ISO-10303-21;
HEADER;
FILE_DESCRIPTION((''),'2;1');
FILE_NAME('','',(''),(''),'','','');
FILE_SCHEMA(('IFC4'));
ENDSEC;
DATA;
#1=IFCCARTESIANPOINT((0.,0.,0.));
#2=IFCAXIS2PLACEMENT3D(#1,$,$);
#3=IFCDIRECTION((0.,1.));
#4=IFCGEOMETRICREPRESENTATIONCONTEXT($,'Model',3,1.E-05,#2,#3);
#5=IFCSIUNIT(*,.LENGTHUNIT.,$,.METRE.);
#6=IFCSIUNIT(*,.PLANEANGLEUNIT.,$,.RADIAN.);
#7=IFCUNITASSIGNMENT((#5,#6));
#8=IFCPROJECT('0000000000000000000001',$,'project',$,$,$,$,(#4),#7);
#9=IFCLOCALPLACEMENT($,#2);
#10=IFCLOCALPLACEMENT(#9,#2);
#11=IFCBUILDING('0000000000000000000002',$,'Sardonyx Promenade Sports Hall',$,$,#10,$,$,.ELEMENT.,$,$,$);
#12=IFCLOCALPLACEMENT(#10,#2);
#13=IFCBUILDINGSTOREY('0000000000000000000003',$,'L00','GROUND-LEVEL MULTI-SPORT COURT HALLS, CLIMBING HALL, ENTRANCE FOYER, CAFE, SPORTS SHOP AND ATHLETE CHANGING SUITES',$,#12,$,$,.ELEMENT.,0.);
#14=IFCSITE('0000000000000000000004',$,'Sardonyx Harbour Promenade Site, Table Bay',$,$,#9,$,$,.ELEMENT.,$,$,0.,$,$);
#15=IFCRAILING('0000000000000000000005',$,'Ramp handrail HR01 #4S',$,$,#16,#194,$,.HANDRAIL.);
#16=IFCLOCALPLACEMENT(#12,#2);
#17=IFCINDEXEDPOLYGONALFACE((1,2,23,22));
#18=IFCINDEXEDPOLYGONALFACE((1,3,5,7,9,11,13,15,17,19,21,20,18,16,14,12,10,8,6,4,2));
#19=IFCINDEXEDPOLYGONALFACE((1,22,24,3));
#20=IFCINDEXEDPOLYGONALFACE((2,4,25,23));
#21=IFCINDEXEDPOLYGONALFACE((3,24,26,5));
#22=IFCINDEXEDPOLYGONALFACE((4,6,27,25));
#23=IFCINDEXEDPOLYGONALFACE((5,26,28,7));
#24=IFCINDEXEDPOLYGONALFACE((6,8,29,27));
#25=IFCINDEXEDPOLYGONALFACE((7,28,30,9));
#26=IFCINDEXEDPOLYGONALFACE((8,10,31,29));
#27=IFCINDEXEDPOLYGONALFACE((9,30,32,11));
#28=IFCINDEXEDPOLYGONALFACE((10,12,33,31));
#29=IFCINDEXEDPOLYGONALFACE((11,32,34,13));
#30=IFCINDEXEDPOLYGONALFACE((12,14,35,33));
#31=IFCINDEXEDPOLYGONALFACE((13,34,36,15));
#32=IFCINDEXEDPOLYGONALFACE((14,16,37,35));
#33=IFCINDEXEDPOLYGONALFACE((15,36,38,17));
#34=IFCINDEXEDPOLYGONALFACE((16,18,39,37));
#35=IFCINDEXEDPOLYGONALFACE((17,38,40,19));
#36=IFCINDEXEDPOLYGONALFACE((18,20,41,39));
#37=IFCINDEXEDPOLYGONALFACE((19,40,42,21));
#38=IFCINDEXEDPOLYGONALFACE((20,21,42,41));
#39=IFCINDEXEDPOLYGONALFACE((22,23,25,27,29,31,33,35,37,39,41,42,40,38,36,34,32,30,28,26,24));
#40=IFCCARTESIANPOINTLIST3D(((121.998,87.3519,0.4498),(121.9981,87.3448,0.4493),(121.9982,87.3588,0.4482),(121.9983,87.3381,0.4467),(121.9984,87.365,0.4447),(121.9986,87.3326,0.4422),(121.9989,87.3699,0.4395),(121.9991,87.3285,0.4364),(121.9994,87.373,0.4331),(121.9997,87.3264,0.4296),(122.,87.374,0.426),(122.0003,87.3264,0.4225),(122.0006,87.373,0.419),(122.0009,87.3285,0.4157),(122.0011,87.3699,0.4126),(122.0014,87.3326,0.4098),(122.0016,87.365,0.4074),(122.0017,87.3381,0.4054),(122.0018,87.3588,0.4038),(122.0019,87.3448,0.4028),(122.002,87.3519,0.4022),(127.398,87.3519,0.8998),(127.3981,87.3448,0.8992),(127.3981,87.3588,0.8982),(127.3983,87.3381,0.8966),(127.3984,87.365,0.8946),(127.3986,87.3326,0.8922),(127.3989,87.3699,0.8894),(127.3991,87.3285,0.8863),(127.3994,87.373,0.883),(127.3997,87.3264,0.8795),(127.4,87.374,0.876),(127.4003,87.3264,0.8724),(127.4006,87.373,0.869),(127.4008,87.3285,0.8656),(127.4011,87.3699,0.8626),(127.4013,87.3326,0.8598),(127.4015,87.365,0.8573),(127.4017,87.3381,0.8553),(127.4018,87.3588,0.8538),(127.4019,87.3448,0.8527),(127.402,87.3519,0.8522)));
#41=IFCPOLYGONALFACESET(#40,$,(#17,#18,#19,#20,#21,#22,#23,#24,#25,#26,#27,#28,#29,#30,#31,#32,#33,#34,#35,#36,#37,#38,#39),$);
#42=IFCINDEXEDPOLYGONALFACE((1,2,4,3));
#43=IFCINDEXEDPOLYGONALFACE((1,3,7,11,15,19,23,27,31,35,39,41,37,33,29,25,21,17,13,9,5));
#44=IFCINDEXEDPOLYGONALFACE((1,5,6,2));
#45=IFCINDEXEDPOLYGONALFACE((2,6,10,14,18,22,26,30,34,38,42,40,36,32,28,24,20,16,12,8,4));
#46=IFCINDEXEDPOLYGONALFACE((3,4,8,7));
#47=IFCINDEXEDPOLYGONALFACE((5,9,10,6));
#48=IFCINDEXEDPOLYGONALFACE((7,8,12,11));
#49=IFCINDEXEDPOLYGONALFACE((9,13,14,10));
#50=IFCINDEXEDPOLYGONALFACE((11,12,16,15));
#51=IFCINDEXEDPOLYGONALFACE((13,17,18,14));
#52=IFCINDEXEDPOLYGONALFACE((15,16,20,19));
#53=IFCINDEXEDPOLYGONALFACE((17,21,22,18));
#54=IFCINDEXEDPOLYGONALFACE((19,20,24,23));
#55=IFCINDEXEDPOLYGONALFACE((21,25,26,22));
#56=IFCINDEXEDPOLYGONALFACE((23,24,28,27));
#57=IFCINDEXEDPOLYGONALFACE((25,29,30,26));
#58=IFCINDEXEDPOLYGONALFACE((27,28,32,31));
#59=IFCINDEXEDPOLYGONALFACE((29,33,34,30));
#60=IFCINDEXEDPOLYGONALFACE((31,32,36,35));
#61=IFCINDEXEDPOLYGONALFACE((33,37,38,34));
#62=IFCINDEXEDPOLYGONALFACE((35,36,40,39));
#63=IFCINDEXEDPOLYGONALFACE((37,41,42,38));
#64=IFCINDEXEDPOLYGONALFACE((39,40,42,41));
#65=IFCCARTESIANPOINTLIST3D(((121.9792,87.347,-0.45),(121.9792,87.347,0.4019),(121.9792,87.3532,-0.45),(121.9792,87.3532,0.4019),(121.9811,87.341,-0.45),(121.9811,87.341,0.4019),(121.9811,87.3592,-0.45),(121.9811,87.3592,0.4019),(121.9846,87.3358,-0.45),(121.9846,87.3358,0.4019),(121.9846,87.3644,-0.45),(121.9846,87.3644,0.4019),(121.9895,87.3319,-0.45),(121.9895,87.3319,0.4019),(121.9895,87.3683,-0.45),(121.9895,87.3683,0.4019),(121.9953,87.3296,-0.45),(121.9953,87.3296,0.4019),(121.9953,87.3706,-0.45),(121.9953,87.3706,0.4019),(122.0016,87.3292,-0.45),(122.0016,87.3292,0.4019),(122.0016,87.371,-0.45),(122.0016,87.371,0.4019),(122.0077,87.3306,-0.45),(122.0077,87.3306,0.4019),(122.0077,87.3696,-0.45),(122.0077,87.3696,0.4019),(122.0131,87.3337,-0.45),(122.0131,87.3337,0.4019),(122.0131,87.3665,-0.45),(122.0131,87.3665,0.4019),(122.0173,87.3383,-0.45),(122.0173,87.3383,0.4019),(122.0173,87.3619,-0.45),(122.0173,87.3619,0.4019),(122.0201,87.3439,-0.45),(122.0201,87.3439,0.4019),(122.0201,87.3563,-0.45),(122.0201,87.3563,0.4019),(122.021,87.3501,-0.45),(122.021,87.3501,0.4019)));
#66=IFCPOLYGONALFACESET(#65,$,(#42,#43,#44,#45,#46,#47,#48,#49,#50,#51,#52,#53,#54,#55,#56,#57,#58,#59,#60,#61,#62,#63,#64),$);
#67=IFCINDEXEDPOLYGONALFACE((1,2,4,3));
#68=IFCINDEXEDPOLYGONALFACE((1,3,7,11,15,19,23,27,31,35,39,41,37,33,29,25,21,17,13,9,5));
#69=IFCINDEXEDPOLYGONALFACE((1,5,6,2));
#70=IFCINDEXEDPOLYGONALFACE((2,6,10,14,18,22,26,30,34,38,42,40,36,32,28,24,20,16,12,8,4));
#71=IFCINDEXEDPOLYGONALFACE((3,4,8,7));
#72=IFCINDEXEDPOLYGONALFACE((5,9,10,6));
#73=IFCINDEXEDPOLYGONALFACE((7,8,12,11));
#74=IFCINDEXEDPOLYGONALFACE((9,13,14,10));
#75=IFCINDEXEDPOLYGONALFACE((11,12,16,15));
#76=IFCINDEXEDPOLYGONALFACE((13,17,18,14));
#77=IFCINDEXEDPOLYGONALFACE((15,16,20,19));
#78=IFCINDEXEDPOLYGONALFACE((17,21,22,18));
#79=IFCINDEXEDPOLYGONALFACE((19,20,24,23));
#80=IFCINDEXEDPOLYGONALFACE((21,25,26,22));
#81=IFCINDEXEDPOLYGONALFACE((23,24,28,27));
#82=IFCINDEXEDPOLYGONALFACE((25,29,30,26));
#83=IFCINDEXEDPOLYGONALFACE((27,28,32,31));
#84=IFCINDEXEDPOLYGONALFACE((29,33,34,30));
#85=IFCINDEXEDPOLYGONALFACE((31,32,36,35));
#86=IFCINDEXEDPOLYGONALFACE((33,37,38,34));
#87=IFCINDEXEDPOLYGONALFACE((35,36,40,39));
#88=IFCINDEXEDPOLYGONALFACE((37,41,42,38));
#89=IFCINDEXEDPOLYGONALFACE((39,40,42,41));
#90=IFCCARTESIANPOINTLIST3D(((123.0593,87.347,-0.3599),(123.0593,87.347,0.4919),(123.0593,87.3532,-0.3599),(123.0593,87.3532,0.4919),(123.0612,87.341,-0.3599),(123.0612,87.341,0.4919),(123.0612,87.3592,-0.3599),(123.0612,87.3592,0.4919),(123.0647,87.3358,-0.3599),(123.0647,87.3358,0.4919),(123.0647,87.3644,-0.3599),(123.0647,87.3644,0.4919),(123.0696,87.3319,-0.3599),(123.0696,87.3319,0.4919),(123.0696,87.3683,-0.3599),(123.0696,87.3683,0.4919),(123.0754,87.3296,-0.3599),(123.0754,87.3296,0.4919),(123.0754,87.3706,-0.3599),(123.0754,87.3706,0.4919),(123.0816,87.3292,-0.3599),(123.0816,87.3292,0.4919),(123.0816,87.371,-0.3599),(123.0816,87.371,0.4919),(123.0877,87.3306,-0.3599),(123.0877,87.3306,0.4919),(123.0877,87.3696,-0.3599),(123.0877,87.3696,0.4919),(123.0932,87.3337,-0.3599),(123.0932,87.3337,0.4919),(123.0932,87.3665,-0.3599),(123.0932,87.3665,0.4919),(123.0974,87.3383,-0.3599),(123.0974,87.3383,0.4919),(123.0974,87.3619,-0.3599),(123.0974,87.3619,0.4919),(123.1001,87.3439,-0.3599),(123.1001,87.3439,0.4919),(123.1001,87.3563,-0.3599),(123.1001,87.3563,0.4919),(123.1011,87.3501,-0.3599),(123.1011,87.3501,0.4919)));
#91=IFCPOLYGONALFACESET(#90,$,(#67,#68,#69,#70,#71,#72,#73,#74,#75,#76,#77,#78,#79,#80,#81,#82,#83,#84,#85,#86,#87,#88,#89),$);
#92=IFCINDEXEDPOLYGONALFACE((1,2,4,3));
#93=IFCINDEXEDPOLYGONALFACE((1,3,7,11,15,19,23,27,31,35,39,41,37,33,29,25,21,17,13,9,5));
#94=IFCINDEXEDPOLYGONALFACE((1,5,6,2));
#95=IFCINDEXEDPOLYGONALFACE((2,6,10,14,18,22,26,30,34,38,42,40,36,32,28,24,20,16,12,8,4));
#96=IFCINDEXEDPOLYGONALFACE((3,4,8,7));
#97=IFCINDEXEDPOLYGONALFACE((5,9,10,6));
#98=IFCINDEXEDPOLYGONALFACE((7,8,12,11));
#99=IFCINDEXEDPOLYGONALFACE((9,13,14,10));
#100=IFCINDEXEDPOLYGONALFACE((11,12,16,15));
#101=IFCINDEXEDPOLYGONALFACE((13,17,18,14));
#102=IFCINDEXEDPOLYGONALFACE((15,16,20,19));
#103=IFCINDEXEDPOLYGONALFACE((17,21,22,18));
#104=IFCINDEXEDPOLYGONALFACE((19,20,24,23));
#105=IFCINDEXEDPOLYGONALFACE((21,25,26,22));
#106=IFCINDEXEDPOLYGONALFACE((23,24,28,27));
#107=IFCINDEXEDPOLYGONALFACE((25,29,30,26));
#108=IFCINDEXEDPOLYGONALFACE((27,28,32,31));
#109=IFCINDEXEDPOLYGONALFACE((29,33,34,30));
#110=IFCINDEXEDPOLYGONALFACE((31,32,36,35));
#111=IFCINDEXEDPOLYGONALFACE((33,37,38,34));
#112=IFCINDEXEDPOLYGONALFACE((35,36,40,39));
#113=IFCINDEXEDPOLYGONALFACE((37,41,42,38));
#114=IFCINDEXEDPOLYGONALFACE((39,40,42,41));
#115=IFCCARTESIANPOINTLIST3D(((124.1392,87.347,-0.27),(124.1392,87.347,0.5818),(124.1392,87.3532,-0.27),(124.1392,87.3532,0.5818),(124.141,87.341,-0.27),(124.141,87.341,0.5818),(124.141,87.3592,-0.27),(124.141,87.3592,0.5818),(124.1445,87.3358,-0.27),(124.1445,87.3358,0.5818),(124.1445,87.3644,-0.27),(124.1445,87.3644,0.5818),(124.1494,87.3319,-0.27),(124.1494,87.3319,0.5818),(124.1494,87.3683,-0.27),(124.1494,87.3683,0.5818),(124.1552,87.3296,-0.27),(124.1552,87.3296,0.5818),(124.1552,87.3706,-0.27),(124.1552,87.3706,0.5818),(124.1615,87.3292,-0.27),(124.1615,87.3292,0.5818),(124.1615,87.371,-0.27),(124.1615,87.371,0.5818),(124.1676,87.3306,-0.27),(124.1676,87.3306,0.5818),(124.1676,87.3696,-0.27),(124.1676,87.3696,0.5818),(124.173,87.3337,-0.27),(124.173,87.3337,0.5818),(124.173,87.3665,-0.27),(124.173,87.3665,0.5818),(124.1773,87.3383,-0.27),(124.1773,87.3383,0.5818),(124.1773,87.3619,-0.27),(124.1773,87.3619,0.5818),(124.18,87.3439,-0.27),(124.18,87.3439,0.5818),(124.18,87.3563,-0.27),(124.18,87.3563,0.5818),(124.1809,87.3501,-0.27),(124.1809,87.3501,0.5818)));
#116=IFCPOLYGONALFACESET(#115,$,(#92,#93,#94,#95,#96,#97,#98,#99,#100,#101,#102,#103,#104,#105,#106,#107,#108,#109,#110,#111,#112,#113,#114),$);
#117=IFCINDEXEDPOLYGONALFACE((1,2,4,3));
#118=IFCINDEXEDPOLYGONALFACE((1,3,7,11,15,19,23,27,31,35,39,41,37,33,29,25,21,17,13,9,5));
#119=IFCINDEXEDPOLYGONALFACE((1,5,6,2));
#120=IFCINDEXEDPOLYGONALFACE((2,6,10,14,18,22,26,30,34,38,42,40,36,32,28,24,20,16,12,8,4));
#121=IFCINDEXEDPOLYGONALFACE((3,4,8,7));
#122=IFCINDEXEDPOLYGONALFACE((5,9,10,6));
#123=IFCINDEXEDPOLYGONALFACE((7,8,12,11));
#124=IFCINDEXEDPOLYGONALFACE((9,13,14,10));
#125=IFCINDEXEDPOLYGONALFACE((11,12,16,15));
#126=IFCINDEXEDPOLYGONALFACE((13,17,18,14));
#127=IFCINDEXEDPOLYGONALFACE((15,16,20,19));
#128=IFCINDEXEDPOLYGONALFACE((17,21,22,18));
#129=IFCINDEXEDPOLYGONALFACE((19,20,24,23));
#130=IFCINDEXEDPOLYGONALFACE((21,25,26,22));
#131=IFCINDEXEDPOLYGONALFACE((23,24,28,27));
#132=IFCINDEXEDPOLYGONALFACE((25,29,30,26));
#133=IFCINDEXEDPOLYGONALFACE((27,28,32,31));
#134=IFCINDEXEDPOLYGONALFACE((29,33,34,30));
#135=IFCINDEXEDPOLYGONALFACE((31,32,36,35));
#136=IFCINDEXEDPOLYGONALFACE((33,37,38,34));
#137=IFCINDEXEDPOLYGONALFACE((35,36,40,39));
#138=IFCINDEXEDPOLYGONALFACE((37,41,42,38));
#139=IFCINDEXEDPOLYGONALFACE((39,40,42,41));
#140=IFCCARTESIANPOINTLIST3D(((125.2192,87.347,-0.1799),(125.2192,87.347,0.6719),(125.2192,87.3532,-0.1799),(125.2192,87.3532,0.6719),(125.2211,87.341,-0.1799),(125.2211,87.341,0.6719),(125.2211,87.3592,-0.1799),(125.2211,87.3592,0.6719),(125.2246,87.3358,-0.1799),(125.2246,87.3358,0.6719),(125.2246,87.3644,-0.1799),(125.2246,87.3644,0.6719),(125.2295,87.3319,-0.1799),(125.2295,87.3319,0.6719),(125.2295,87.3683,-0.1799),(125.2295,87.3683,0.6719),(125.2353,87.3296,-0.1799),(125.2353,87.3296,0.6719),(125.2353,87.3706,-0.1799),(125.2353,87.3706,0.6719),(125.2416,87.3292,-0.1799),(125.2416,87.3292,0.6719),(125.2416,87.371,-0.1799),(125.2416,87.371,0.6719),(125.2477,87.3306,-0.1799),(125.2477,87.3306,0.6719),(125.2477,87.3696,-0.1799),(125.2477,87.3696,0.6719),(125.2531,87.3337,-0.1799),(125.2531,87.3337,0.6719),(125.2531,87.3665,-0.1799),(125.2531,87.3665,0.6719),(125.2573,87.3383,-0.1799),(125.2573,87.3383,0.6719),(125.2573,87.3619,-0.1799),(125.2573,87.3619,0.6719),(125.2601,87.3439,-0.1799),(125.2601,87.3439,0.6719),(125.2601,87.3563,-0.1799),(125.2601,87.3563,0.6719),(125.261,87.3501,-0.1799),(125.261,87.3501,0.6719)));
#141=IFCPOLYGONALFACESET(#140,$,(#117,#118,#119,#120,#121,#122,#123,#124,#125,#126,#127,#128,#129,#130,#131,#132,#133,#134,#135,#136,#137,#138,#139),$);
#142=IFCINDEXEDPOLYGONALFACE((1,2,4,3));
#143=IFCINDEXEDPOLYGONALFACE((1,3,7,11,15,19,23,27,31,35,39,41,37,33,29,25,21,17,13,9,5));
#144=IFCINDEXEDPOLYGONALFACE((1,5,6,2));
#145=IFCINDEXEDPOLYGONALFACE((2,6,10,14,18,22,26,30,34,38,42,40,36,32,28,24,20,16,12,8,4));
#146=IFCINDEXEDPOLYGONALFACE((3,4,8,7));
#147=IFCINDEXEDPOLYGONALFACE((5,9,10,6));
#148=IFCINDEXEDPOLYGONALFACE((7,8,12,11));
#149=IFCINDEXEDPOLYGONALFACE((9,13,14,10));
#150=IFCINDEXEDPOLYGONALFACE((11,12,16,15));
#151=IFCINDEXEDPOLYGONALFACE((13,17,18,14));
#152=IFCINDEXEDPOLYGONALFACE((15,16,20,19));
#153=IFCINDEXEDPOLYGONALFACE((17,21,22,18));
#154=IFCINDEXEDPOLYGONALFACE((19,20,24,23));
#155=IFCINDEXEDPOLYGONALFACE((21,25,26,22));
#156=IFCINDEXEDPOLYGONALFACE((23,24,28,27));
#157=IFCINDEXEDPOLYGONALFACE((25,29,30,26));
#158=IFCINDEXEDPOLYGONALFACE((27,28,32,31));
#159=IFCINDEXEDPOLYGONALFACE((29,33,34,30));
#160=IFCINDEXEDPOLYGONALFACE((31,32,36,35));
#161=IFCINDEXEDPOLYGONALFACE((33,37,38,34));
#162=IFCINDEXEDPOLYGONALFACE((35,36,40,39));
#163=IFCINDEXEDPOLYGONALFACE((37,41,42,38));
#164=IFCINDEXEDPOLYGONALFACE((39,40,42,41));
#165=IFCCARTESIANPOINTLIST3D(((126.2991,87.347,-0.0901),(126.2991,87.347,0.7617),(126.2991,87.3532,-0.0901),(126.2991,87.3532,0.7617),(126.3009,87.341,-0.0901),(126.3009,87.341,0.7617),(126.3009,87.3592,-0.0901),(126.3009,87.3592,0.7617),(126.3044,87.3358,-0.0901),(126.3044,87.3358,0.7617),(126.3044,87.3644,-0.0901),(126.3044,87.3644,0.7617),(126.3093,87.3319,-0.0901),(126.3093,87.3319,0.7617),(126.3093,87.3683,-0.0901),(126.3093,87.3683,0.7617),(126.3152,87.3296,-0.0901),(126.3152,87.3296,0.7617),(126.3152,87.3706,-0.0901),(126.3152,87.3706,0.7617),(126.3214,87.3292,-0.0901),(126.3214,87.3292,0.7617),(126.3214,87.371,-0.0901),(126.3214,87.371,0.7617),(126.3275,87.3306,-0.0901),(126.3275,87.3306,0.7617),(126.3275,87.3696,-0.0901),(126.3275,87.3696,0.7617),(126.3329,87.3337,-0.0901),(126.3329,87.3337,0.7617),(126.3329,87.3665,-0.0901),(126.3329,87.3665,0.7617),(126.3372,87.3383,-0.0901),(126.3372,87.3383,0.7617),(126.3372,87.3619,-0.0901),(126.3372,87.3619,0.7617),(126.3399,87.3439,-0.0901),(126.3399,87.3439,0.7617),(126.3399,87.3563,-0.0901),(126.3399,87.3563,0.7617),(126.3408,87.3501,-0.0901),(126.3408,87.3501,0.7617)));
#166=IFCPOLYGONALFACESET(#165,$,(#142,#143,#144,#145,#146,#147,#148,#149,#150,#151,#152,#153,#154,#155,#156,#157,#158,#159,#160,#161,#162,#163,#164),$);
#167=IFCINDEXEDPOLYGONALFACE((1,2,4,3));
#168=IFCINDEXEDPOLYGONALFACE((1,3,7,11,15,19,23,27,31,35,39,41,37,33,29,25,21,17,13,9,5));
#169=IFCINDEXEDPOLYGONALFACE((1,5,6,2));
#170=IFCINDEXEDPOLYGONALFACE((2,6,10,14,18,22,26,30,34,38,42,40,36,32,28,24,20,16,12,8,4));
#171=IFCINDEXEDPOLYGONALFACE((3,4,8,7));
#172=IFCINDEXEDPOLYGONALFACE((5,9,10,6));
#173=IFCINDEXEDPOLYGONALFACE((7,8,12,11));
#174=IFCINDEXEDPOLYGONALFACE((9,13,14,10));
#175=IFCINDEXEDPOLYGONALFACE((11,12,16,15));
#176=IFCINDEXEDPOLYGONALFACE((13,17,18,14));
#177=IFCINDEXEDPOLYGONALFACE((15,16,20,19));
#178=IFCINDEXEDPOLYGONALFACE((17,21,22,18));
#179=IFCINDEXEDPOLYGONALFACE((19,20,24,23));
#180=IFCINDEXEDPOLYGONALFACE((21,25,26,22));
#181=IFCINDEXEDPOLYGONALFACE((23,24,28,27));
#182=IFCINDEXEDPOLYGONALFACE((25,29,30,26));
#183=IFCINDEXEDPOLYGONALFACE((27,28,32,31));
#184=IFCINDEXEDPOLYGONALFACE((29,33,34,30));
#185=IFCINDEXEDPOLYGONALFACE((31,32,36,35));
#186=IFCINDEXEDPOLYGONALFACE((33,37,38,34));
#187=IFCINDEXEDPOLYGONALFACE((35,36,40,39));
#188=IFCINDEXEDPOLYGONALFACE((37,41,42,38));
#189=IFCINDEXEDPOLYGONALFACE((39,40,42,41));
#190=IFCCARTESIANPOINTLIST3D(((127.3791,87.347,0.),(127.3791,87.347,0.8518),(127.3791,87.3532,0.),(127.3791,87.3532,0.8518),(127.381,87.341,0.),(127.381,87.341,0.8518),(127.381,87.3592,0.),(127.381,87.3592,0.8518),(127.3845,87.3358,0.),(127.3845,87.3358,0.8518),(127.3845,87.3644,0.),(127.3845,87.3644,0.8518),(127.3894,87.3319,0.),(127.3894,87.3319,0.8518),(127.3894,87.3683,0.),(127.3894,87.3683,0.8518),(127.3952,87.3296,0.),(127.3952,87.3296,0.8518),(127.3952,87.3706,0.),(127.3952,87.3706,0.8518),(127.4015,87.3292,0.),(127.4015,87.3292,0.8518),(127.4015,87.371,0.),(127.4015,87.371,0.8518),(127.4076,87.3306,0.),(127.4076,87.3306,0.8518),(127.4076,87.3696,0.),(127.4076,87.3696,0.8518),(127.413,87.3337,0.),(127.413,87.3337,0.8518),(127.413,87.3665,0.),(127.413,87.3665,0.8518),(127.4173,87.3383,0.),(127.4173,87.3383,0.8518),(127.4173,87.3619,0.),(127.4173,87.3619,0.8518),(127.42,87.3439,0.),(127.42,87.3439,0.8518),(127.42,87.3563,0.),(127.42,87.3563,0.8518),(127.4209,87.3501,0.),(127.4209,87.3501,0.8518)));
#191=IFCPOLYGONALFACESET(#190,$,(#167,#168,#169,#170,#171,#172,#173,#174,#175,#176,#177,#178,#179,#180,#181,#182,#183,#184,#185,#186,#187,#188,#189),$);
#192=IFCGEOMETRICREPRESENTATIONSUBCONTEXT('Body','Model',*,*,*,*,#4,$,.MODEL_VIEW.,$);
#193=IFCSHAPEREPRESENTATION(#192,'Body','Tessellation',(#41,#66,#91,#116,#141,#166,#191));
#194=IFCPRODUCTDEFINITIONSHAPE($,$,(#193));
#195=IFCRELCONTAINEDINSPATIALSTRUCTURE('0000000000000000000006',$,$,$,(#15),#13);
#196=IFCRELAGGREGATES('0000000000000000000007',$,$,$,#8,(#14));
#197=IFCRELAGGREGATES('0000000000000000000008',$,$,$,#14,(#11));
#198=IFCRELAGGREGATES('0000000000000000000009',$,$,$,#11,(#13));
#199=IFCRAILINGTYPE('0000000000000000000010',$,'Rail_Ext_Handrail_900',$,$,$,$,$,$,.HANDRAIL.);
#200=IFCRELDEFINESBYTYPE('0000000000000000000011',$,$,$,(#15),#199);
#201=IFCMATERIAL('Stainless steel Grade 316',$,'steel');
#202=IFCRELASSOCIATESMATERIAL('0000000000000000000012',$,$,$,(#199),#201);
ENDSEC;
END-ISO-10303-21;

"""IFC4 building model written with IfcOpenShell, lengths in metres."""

from ifc_helpers import new_model, si_unit, direction, frame, origin, origin_2d, place, context, subcontext, project, spatial, circle, extrude, material, type_object, element, save


model = new_model("IFC4")

# Units and contexts
model_context = context("Model", 3, precision=1e-05, world=origin(), true_north=direction((0.0, 1.0)))
body_context = subcontext(model_context, "Body", "Model", "MODEL_VIEW")
ifc_project = project(units=[si_unit("LENGTHUNIT", "METRE"), si_unit("PLANEANGLEUNIT", "RADIAN")], contexts=[model_context])

# Site, building, storey
site_placement = place(None, origin())
site = spatial("IfcSite", under=ifc_project, at=site_placement, Name="Sardonyx Harbour Promenade Site, Table Bay", CompositionType="ELEMENT", RefElevation=0.0)
building_placement = place(site_placement, origin())
building = spatial("IfcBuilding", under=site, at=building_placement, Name="Sardonyx Promenade Sports Hall", CompositionType="ELEMENT")
storey_placement = place(building_placement, origin())
storey = spatial("IfcBuildingStorey", under=building, at=storey_placement, Name="L00", Description="GROUND-LEVEL MULTI-SPORT COURT HALLS, CLIMBING HALL, ENTRANCE FOYER, CAFE, SPORTS SHOP AND ATHLETE CHANGING SUITES", CompositionType="ELEMENT", Elevation=0.0)

# Railing
ifc_material_1 = material(Name="Stainless steel Grade 316", Category="steel")
railing_type = type_object("IfcRailingType", Name="Rail_Ext_Handrail_900", PredefinedType="HANDRAIL", material=ifc_material_1)
for number, where, name in (
    (1, (122.0, 87.3501, -0.45), "Ramp handrail HR01 #4S"),
):
    element("IfcRailing", number, at=place(storey_placement, frame(where)), inside=storey, type_object=railing_type, Name=name, PredefinedType="HANDRAIL", context=body_context, shape_type="SweptSolid", body=[
        extrude(circle(Radius=0.0239, at=origin_2d()), frame((0.0, 0.0, 0.876), z_axis=(0.996546, 0.0, 0.083038), x_axis=(0.0, 1.0, 0.0)), (0.0, 0.0, 1.0), 5.4187),
        extrude(circle(Radius=0.021, at=origin_2d()), origin(), (0.0, 0.0, 1.0), 0.8518),
        extrude(circle(Radius=0.021, at=origin_2d()), frame((1.0801, 0.0, 0.0901)), (0.0, 0.0, 1.0), 0.8518),
        extrude(circle(Radius=0.021, at=origin_2d()), frame((2.1599, 0.0, 0.1799)), (0.0, 0.0, 1.0), 0.8518),
        extrude(circle(Radius=0.021, at=origin_2d()), frame((3.24, 0.0, 0.27)), (0.0, 0.0, 1.0), 0.8518),
        extrude(circle(Radius=0.021, at=origin_2d()), frame((4.3198, 0.0, 0.3599)), (0.0, 0.0, 1.0), 0.8518),
        extrude(circle(Radius=0.021, at=origin_2d()), frame((5.3999, 0.0, 0.45)), (0.0, 0.0, 1.0), 0.8518),
    ])

save(model, "model.ifc")
